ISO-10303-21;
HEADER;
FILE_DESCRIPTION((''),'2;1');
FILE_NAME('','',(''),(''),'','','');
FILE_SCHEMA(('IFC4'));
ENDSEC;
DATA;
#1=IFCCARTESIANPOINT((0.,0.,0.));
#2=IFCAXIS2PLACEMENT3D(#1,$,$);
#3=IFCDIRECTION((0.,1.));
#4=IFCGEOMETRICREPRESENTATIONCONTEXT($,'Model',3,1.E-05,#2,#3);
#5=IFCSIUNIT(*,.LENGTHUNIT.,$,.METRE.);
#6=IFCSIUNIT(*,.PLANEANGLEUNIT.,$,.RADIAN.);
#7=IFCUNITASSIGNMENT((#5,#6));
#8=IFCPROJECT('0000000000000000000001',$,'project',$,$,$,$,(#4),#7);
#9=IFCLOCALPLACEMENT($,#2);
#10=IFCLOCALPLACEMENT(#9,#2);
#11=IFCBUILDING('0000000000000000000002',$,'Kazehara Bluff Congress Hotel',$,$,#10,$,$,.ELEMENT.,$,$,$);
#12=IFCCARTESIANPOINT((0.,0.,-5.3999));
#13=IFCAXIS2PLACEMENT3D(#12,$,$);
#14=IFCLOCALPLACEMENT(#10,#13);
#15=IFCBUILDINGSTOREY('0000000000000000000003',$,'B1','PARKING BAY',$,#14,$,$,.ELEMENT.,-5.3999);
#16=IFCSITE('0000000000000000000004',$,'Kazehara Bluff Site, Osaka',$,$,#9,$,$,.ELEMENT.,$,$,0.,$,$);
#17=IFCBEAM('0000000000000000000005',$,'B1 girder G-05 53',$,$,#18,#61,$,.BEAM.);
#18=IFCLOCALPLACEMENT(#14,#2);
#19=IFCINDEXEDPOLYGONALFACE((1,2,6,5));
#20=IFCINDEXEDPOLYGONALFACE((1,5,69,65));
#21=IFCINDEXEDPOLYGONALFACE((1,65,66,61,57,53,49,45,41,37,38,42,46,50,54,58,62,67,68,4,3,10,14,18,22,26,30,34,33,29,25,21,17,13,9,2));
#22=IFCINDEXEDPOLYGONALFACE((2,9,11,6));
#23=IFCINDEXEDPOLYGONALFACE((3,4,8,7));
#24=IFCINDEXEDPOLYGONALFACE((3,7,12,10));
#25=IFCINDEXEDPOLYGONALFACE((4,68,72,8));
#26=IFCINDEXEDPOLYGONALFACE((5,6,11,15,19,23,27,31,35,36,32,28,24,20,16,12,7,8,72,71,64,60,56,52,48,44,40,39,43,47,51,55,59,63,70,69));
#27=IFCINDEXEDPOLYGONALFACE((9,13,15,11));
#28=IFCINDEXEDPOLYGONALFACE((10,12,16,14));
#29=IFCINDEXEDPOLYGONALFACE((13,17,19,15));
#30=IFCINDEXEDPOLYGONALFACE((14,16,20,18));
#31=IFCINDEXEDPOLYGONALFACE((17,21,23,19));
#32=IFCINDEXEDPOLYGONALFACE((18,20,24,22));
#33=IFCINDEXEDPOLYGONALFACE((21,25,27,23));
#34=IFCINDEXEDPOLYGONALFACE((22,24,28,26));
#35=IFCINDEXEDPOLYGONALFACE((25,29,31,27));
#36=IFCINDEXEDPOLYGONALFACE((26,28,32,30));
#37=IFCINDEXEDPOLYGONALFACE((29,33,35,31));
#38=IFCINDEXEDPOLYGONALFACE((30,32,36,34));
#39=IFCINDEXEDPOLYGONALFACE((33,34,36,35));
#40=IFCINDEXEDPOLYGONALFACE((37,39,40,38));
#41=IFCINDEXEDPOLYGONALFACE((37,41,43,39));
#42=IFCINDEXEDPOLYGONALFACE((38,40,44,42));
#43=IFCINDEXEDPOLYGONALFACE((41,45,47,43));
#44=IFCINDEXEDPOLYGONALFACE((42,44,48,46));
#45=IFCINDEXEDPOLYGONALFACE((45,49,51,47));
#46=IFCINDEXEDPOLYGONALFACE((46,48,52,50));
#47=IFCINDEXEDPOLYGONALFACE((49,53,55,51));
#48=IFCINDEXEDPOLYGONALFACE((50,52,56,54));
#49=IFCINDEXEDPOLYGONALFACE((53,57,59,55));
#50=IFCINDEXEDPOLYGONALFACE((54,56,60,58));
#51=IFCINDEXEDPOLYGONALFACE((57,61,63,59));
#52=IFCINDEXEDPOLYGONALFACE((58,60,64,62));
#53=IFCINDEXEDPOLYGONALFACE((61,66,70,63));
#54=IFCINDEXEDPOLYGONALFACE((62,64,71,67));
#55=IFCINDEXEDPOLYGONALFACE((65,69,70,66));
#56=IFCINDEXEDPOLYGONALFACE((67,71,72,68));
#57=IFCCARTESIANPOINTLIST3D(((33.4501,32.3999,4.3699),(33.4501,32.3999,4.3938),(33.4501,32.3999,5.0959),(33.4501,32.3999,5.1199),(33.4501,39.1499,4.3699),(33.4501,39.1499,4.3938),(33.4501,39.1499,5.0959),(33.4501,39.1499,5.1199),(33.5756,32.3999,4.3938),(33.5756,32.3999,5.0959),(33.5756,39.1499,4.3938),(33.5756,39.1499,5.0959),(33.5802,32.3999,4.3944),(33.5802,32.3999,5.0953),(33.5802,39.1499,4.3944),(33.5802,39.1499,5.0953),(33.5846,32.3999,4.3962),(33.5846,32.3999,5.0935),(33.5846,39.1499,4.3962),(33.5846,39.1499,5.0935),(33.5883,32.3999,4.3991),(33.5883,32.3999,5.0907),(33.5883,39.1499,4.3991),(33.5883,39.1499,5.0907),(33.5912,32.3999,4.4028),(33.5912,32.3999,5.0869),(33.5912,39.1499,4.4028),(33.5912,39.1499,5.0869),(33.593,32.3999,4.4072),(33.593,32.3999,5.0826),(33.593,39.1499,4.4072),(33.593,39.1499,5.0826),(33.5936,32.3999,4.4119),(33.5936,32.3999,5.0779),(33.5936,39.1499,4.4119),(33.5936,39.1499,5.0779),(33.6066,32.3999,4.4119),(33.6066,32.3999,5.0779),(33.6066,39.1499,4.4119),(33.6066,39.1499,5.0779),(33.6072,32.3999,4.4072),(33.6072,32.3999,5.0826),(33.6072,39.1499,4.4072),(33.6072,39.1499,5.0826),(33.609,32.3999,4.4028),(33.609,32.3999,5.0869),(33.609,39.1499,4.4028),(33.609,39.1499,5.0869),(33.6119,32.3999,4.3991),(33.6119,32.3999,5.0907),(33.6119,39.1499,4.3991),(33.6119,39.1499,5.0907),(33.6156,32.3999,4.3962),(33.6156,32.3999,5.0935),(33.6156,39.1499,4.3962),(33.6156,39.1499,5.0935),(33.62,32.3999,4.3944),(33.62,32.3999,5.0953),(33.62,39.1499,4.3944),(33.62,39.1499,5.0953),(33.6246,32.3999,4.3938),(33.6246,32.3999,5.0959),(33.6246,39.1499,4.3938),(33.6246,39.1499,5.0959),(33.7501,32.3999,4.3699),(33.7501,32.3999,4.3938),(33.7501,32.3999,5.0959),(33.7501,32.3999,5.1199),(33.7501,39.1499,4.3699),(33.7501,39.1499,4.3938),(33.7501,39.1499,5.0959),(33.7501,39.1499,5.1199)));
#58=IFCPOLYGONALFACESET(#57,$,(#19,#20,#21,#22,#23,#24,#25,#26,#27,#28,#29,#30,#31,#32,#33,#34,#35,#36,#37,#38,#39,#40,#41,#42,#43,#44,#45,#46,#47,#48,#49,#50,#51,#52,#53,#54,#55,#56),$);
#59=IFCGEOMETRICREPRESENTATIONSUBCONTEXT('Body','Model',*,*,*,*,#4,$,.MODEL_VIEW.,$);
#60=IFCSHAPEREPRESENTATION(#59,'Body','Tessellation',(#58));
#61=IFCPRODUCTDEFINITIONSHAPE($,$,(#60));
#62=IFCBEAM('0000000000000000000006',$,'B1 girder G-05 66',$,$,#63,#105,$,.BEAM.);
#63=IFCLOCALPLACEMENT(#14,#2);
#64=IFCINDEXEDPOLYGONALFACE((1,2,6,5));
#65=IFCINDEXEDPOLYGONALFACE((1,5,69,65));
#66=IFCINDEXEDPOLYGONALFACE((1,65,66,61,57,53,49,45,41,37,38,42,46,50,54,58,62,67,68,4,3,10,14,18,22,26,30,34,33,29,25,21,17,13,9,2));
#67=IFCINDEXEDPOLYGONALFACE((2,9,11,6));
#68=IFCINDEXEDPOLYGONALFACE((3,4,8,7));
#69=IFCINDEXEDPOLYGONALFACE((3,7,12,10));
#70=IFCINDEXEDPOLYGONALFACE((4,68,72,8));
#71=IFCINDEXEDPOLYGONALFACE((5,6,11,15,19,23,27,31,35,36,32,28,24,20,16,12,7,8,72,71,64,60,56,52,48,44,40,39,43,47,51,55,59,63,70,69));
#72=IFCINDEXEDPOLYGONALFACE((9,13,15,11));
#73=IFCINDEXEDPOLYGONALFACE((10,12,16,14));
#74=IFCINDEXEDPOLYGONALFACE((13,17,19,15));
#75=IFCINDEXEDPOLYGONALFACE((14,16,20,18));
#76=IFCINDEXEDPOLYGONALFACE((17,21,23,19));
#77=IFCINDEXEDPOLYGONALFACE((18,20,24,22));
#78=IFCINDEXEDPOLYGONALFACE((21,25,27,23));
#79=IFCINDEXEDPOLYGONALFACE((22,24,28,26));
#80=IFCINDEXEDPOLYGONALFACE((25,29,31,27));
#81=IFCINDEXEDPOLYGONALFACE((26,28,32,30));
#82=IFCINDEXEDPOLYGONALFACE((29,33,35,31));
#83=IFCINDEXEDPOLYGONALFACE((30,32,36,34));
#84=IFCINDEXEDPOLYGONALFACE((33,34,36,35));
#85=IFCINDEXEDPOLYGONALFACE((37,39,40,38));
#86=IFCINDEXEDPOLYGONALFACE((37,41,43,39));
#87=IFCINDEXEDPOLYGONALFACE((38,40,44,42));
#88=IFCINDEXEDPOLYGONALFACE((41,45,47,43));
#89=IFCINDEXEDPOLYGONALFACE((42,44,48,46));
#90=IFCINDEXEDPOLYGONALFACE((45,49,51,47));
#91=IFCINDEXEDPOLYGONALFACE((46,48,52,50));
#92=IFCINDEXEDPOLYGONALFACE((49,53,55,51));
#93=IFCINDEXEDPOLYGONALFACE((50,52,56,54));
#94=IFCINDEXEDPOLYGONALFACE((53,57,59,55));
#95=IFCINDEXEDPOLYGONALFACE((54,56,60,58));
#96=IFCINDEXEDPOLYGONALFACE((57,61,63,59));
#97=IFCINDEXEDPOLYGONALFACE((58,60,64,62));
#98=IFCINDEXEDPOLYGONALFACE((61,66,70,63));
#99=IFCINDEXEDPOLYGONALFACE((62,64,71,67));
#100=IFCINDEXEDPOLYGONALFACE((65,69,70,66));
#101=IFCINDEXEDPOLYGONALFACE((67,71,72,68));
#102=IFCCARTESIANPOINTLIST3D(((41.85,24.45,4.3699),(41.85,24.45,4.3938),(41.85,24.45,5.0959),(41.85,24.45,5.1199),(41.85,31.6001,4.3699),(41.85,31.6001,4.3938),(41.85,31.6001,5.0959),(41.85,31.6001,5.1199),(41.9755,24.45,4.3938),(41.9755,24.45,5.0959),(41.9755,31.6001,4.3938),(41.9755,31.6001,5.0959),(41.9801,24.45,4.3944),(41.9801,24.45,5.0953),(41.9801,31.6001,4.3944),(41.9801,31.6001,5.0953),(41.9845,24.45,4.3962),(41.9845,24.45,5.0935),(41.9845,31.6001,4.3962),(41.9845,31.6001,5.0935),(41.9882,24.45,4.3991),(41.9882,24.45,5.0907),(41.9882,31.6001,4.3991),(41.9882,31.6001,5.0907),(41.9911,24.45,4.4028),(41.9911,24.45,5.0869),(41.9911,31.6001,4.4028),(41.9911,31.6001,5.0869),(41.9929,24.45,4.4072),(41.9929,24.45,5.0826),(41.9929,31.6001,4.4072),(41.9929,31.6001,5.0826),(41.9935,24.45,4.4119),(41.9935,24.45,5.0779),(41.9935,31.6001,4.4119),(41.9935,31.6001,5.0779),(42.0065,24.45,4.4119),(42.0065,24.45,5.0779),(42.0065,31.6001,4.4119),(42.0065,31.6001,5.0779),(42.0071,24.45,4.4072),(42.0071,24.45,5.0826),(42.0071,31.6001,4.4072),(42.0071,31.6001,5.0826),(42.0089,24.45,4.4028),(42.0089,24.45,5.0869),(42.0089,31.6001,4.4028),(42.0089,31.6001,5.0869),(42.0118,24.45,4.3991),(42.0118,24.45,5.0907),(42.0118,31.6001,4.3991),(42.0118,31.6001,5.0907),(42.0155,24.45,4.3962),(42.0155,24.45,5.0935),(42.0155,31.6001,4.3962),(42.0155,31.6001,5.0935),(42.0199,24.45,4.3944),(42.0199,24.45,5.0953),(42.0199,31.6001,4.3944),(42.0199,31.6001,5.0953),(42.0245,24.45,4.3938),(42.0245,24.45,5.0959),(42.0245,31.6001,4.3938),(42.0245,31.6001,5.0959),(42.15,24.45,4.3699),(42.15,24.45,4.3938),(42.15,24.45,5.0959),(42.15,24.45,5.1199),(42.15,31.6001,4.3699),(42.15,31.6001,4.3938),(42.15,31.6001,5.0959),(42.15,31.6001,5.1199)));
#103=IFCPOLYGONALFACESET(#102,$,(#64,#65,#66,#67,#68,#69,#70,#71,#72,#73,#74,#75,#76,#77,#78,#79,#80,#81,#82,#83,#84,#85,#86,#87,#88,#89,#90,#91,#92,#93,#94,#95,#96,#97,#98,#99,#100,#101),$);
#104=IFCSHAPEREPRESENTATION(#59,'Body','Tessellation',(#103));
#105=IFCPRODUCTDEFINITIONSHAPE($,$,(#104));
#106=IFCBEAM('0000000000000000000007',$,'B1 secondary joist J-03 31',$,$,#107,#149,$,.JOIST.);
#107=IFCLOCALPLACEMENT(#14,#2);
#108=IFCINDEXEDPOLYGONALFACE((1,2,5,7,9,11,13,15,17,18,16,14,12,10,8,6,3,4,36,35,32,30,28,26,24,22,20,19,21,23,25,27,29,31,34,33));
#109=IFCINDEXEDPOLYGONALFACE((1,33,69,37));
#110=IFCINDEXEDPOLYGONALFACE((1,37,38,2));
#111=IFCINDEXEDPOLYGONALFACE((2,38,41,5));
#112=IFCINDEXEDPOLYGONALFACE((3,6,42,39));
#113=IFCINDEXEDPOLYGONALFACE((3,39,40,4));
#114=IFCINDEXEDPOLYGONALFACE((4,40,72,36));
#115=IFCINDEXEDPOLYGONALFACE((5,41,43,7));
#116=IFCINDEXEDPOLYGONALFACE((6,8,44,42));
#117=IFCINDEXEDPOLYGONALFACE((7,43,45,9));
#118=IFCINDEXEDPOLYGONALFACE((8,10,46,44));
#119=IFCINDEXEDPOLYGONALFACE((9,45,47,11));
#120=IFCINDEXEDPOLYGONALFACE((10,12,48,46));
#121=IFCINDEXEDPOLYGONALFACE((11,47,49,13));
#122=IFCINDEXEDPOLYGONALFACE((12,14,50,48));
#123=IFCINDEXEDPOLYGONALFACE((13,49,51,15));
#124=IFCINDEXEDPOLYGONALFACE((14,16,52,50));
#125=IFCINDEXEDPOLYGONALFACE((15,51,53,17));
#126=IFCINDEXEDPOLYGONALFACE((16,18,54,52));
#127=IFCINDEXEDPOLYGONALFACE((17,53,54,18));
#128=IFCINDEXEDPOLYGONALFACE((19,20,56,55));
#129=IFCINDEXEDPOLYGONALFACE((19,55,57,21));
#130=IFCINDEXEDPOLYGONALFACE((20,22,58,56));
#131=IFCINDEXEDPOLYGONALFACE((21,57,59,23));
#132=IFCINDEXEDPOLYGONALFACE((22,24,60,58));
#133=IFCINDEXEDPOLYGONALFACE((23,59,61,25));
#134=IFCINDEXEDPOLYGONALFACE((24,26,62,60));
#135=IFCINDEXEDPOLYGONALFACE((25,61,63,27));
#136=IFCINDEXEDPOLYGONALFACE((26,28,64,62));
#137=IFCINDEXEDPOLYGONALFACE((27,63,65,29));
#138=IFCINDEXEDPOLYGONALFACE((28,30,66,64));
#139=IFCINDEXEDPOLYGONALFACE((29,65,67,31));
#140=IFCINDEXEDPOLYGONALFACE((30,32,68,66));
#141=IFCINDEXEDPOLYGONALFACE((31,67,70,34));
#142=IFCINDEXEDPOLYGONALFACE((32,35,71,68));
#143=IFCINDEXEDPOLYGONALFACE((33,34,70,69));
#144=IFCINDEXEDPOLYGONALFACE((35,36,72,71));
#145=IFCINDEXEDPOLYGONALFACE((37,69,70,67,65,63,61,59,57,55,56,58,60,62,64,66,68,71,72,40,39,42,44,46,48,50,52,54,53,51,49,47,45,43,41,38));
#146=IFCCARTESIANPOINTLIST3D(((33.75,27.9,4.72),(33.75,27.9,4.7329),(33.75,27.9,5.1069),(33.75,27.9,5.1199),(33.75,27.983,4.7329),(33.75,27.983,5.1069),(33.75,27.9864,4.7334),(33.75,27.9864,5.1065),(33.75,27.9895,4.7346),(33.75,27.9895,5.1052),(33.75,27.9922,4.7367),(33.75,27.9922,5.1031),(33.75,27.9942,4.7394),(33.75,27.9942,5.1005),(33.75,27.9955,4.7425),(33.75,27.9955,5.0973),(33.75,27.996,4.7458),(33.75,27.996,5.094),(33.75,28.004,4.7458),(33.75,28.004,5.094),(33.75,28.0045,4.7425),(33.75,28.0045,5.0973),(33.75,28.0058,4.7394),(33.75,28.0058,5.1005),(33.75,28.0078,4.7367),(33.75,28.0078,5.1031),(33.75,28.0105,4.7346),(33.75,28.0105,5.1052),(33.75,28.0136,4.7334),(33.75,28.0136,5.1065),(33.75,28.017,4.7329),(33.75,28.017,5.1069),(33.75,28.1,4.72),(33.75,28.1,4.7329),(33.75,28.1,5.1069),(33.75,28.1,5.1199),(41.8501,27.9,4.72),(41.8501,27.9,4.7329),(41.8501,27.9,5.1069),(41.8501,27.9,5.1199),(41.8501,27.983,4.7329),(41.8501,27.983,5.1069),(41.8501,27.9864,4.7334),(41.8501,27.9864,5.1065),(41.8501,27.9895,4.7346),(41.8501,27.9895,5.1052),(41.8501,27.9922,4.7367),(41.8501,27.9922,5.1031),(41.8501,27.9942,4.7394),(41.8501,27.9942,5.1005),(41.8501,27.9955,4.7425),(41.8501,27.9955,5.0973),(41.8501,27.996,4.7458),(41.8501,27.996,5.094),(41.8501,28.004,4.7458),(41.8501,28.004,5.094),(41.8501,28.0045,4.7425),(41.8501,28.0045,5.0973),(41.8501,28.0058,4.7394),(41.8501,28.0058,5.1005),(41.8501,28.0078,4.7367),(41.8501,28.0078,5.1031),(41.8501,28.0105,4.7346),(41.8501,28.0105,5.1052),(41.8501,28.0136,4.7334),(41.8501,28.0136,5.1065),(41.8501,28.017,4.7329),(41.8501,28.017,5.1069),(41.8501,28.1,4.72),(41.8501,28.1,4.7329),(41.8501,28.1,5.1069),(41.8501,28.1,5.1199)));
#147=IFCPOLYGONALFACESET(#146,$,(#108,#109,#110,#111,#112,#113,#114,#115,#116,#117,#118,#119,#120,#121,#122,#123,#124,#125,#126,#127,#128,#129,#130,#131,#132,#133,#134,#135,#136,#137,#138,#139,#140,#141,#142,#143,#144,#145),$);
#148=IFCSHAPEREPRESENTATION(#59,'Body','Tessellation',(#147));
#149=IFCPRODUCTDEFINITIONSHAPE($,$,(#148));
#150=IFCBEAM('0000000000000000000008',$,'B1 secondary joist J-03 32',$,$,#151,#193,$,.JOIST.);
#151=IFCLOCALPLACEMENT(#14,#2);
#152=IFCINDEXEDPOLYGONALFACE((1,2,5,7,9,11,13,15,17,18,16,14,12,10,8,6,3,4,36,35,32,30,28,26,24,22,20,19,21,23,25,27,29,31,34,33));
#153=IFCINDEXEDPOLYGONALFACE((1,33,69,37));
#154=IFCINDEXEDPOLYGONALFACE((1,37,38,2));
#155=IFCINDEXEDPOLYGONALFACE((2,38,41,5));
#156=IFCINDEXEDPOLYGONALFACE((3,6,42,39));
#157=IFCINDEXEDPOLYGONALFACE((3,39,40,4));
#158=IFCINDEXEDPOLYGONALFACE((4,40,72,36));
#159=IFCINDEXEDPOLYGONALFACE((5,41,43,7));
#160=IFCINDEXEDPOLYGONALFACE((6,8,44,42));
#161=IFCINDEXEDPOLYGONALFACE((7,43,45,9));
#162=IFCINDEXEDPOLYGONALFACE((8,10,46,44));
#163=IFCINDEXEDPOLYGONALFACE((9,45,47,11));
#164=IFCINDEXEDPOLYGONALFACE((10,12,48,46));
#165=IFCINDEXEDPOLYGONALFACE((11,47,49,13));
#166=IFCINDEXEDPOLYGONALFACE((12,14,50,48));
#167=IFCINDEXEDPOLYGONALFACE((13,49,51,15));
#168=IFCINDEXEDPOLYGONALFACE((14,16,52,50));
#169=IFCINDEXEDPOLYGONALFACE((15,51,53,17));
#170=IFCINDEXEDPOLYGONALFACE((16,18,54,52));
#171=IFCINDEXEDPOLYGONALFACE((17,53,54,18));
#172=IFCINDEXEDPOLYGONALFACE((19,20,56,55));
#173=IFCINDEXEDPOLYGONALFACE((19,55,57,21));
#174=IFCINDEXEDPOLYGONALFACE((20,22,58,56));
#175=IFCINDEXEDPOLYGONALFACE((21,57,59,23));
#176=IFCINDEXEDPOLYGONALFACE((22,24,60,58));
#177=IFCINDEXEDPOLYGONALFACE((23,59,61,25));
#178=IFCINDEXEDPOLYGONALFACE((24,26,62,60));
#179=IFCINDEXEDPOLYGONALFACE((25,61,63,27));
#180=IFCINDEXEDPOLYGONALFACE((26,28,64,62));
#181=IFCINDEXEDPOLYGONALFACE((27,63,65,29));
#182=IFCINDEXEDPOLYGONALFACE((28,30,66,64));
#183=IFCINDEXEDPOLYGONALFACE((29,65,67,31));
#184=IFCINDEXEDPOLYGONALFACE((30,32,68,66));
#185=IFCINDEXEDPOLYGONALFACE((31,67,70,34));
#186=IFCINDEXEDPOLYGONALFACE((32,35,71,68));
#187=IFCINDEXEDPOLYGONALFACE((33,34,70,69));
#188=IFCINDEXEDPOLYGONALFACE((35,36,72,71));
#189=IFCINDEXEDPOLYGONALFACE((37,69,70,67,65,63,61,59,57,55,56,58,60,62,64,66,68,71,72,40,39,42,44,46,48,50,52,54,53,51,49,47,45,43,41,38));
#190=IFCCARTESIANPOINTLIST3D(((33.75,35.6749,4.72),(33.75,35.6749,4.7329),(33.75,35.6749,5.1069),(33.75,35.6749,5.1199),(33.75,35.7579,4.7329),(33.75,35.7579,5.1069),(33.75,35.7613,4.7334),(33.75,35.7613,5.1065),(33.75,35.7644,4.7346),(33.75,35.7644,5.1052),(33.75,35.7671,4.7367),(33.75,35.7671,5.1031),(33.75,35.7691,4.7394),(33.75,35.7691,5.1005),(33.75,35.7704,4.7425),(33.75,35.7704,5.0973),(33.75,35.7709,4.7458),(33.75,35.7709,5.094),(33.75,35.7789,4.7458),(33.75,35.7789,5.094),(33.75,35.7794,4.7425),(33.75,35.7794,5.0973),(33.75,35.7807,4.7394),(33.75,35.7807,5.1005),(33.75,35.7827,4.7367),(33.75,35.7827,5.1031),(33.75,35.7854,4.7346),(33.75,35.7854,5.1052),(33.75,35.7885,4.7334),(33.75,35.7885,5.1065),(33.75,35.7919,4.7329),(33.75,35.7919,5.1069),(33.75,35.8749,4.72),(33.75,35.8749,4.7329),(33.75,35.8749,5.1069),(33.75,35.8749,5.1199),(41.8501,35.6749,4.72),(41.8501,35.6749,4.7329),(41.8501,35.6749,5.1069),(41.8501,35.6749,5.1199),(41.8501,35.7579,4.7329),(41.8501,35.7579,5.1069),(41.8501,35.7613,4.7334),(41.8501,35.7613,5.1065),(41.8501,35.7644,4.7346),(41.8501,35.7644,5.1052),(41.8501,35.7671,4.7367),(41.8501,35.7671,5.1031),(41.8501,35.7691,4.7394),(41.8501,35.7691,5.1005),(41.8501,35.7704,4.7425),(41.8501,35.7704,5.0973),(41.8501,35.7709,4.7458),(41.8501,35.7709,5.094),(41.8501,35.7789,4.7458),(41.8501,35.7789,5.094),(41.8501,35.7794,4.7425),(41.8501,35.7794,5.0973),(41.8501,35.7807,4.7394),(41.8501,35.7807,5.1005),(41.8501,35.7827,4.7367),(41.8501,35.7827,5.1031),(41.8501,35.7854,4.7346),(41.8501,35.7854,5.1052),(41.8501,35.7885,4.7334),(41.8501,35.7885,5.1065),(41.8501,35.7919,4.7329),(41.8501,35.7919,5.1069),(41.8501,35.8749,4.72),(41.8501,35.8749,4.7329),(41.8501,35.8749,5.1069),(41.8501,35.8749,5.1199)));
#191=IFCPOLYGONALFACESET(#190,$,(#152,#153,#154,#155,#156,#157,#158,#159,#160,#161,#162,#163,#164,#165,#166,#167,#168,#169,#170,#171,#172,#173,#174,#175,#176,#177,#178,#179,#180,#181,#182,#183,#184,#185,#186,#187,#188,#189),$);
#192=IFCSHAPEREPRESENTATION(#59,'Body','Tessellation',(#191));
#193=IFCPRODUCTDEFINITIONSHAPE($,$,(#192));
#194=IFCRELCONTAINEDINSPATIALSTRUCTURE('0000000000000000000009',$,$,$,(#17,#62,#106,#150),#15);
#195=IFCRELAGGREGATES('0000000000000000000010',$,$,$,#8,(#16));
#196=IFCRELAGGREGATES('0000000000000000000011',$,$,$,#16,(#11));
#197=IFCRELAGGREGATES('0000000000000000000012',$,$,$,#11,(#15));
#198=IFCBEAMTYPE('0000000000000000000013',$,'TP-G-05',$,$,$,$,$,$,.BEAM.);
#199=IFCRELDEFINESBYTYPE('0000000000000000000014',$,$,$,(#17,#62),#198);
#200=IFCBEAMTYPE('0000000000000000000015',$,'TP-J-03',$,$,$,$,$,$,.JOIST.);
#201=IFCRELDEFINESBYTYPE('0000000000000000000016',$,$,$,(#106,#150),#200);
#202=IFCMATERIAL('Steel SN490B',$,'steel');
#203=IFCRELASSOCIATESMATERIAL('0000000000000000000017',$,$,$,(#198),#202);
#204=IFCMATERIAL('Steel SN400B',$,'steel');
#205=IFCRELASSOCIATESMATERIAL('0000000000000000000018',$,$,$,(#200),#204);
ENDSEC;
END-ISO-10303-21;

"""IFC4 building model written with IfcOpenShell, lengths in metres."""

from ifc_helpers import new_model, si_unit, direction, frame, origin, origin_2d, place, context, subcontext, project, spatial, i_section, extrude, material, material_profile, profile_set, type_object, element, save


model = new_model("IFC4")

# Units and contexts
model_context = context("Model", 3, precision=1e-05, world=origin(), true_north=direction((0.0, 1.0)))
body_context = subcontext(model_context, "Body", "Model", "MODEL_VIEW")
ifc_project = project(units=[si_unit("LENGTHUNIT", "METRE"), si_unit("PLANEANGLEUNIT", "RADIAN")], contexts=[model_context])

# Site, building, storey
site_placement = place(None, origin())
site = spatial("IfcSite", under=ifc_project, at=site_placement, Name="Kazehara Bluff Site, Osaka", CompositionType="ELEMENT", RefElevation=0.0)
building_placement = place(site_placement, origin())
building = spatial("IfcBuilding", under=site, at=building_placement, Name="Kazehara Bluff Congress Hotel", CompositionType="ELEMENT")
storey_placement = place(building_placement, frame((0.0, 0.0, -5.3999)))
storey = spatial("IfcBuildingStorey", under=building, at=storey_placement, Name="B1", Description="PARKING BAY", CompositionType="ELEMENT", Elevation=-5.3999)

# Beams
ifc_material_1 = material(Name="Steel SN490B", Category="steel")
ifc_material_profile_1 = material_profile(ifc_material_1, i_section(OverallWidth=0.3, OverallDepth=0.75, WebThickness=0.0129, FlangeThickness=0.0239, FilletRadius=0.0181, at=origin_2d()))
ifc_profile_set_1 = profile_set([ifc_material_profile_1], Name="Steel SN490B")
beam_type_1 = type_object("IfcBeamType", Name="TP-G-05", PredefinedType="BEAM", material=ifc_profile_set_1)
beam_1_placement = place(storey_placement, frame((33.6001, 32.3999, 4.7449), z_axis=(0.0, 1.0, 0.0), x_axis=(-1.0, 0.0, 0.0)))
element("IfcBeam", 1, at=beam_1_placement, inside=storey, type_object=beam_type_1, Name="B1 girder G-05 53", PredefinedType="BEAM", context=body_context, shape_type="SweptSolid", body=[
    extrude(i_section(OverallWidth=0.3, OverallDepth=0.75, WebThickness=0.0129, FlangeThickness=0.0239, FilletRadius=0.0181, at=origin_2d()), origin(), (0.0, 0.0, 1.0), 6.75),
])
beam_2_placement = place(storey_placement, frame((42.0, 24.45, 4.7449), z_axis=(0.0, 1.0, 0.0), x_axis=(-1.0, 0.0, 0.0)))
element("IfcBeam", 2, at=beam_2_placement, inside=storey, type_object=beam_type_1, Name="B1 girder G-05 66", PredefinedType="BEAM", context=body_context, shape_type="SweptSolid", body=[
    extrude(i_section(OverallWidth=0.3, OverallDepth=0.75, WebThickness=0.0129, FlangeThickness=0.0239, FilletRadius=0.0181, at=origin_2d()), origin(), (0.0, 0.0, 1.0), 7.1501),
])
ifc_material_2 = material(Name="Steel SN400B", Category="steel")
ifc_material_profile_2 = material_profile(ifc_material_2, i_section(OverallWidth=0.2, OverallDepth=0.3999, WebThickness=0.0081, FlangeThickness=0.0129, FilletRadius=0.0129, at=origin_2d()))
ifc_profile_set_2 = profile_set([ifc_material_profile_2], Name="Steel SN400B")
beam_type_2 = type_object("IfcBeamType", Name="TP-J-03", PredefinedType="JOIST", material=ifc_profile_set_2)
for number, where, z_axis, x_axis, name in (
    (3, (33.75, 28.0, 4.9199), (1.0, 0.0, 0.0), (0.0, 1.0, 0.0), "B1 secondary joist J-03 31"),
    (4, (33.75, 35.7749, 4.9199), (1.0, 0.0, 0.0), (0.0, 1.0, 0.0), "B1 secondary joist J-03 32"),
):
    element("IfcBeam", number, at=place(storey_placement, frame(where, z_axis=z_axis, x_axis=x_axis)), inside=storey, type_object=beam_type_2, Name=name, PredefinedType="JOIST", context=body_context, shape_type="SweptSolid", body=[
        extrude(i_section(OverallWidth=0.2, OverallDepth=0.3999, WebThickness=0.0081, FlangeThickness=0.0129, FilletRadius=0.0129, at=origin_2d()), origin(), (0.0, 0.0, 1.0), 8.1001),
    ])

save(model, "model.ifc")
